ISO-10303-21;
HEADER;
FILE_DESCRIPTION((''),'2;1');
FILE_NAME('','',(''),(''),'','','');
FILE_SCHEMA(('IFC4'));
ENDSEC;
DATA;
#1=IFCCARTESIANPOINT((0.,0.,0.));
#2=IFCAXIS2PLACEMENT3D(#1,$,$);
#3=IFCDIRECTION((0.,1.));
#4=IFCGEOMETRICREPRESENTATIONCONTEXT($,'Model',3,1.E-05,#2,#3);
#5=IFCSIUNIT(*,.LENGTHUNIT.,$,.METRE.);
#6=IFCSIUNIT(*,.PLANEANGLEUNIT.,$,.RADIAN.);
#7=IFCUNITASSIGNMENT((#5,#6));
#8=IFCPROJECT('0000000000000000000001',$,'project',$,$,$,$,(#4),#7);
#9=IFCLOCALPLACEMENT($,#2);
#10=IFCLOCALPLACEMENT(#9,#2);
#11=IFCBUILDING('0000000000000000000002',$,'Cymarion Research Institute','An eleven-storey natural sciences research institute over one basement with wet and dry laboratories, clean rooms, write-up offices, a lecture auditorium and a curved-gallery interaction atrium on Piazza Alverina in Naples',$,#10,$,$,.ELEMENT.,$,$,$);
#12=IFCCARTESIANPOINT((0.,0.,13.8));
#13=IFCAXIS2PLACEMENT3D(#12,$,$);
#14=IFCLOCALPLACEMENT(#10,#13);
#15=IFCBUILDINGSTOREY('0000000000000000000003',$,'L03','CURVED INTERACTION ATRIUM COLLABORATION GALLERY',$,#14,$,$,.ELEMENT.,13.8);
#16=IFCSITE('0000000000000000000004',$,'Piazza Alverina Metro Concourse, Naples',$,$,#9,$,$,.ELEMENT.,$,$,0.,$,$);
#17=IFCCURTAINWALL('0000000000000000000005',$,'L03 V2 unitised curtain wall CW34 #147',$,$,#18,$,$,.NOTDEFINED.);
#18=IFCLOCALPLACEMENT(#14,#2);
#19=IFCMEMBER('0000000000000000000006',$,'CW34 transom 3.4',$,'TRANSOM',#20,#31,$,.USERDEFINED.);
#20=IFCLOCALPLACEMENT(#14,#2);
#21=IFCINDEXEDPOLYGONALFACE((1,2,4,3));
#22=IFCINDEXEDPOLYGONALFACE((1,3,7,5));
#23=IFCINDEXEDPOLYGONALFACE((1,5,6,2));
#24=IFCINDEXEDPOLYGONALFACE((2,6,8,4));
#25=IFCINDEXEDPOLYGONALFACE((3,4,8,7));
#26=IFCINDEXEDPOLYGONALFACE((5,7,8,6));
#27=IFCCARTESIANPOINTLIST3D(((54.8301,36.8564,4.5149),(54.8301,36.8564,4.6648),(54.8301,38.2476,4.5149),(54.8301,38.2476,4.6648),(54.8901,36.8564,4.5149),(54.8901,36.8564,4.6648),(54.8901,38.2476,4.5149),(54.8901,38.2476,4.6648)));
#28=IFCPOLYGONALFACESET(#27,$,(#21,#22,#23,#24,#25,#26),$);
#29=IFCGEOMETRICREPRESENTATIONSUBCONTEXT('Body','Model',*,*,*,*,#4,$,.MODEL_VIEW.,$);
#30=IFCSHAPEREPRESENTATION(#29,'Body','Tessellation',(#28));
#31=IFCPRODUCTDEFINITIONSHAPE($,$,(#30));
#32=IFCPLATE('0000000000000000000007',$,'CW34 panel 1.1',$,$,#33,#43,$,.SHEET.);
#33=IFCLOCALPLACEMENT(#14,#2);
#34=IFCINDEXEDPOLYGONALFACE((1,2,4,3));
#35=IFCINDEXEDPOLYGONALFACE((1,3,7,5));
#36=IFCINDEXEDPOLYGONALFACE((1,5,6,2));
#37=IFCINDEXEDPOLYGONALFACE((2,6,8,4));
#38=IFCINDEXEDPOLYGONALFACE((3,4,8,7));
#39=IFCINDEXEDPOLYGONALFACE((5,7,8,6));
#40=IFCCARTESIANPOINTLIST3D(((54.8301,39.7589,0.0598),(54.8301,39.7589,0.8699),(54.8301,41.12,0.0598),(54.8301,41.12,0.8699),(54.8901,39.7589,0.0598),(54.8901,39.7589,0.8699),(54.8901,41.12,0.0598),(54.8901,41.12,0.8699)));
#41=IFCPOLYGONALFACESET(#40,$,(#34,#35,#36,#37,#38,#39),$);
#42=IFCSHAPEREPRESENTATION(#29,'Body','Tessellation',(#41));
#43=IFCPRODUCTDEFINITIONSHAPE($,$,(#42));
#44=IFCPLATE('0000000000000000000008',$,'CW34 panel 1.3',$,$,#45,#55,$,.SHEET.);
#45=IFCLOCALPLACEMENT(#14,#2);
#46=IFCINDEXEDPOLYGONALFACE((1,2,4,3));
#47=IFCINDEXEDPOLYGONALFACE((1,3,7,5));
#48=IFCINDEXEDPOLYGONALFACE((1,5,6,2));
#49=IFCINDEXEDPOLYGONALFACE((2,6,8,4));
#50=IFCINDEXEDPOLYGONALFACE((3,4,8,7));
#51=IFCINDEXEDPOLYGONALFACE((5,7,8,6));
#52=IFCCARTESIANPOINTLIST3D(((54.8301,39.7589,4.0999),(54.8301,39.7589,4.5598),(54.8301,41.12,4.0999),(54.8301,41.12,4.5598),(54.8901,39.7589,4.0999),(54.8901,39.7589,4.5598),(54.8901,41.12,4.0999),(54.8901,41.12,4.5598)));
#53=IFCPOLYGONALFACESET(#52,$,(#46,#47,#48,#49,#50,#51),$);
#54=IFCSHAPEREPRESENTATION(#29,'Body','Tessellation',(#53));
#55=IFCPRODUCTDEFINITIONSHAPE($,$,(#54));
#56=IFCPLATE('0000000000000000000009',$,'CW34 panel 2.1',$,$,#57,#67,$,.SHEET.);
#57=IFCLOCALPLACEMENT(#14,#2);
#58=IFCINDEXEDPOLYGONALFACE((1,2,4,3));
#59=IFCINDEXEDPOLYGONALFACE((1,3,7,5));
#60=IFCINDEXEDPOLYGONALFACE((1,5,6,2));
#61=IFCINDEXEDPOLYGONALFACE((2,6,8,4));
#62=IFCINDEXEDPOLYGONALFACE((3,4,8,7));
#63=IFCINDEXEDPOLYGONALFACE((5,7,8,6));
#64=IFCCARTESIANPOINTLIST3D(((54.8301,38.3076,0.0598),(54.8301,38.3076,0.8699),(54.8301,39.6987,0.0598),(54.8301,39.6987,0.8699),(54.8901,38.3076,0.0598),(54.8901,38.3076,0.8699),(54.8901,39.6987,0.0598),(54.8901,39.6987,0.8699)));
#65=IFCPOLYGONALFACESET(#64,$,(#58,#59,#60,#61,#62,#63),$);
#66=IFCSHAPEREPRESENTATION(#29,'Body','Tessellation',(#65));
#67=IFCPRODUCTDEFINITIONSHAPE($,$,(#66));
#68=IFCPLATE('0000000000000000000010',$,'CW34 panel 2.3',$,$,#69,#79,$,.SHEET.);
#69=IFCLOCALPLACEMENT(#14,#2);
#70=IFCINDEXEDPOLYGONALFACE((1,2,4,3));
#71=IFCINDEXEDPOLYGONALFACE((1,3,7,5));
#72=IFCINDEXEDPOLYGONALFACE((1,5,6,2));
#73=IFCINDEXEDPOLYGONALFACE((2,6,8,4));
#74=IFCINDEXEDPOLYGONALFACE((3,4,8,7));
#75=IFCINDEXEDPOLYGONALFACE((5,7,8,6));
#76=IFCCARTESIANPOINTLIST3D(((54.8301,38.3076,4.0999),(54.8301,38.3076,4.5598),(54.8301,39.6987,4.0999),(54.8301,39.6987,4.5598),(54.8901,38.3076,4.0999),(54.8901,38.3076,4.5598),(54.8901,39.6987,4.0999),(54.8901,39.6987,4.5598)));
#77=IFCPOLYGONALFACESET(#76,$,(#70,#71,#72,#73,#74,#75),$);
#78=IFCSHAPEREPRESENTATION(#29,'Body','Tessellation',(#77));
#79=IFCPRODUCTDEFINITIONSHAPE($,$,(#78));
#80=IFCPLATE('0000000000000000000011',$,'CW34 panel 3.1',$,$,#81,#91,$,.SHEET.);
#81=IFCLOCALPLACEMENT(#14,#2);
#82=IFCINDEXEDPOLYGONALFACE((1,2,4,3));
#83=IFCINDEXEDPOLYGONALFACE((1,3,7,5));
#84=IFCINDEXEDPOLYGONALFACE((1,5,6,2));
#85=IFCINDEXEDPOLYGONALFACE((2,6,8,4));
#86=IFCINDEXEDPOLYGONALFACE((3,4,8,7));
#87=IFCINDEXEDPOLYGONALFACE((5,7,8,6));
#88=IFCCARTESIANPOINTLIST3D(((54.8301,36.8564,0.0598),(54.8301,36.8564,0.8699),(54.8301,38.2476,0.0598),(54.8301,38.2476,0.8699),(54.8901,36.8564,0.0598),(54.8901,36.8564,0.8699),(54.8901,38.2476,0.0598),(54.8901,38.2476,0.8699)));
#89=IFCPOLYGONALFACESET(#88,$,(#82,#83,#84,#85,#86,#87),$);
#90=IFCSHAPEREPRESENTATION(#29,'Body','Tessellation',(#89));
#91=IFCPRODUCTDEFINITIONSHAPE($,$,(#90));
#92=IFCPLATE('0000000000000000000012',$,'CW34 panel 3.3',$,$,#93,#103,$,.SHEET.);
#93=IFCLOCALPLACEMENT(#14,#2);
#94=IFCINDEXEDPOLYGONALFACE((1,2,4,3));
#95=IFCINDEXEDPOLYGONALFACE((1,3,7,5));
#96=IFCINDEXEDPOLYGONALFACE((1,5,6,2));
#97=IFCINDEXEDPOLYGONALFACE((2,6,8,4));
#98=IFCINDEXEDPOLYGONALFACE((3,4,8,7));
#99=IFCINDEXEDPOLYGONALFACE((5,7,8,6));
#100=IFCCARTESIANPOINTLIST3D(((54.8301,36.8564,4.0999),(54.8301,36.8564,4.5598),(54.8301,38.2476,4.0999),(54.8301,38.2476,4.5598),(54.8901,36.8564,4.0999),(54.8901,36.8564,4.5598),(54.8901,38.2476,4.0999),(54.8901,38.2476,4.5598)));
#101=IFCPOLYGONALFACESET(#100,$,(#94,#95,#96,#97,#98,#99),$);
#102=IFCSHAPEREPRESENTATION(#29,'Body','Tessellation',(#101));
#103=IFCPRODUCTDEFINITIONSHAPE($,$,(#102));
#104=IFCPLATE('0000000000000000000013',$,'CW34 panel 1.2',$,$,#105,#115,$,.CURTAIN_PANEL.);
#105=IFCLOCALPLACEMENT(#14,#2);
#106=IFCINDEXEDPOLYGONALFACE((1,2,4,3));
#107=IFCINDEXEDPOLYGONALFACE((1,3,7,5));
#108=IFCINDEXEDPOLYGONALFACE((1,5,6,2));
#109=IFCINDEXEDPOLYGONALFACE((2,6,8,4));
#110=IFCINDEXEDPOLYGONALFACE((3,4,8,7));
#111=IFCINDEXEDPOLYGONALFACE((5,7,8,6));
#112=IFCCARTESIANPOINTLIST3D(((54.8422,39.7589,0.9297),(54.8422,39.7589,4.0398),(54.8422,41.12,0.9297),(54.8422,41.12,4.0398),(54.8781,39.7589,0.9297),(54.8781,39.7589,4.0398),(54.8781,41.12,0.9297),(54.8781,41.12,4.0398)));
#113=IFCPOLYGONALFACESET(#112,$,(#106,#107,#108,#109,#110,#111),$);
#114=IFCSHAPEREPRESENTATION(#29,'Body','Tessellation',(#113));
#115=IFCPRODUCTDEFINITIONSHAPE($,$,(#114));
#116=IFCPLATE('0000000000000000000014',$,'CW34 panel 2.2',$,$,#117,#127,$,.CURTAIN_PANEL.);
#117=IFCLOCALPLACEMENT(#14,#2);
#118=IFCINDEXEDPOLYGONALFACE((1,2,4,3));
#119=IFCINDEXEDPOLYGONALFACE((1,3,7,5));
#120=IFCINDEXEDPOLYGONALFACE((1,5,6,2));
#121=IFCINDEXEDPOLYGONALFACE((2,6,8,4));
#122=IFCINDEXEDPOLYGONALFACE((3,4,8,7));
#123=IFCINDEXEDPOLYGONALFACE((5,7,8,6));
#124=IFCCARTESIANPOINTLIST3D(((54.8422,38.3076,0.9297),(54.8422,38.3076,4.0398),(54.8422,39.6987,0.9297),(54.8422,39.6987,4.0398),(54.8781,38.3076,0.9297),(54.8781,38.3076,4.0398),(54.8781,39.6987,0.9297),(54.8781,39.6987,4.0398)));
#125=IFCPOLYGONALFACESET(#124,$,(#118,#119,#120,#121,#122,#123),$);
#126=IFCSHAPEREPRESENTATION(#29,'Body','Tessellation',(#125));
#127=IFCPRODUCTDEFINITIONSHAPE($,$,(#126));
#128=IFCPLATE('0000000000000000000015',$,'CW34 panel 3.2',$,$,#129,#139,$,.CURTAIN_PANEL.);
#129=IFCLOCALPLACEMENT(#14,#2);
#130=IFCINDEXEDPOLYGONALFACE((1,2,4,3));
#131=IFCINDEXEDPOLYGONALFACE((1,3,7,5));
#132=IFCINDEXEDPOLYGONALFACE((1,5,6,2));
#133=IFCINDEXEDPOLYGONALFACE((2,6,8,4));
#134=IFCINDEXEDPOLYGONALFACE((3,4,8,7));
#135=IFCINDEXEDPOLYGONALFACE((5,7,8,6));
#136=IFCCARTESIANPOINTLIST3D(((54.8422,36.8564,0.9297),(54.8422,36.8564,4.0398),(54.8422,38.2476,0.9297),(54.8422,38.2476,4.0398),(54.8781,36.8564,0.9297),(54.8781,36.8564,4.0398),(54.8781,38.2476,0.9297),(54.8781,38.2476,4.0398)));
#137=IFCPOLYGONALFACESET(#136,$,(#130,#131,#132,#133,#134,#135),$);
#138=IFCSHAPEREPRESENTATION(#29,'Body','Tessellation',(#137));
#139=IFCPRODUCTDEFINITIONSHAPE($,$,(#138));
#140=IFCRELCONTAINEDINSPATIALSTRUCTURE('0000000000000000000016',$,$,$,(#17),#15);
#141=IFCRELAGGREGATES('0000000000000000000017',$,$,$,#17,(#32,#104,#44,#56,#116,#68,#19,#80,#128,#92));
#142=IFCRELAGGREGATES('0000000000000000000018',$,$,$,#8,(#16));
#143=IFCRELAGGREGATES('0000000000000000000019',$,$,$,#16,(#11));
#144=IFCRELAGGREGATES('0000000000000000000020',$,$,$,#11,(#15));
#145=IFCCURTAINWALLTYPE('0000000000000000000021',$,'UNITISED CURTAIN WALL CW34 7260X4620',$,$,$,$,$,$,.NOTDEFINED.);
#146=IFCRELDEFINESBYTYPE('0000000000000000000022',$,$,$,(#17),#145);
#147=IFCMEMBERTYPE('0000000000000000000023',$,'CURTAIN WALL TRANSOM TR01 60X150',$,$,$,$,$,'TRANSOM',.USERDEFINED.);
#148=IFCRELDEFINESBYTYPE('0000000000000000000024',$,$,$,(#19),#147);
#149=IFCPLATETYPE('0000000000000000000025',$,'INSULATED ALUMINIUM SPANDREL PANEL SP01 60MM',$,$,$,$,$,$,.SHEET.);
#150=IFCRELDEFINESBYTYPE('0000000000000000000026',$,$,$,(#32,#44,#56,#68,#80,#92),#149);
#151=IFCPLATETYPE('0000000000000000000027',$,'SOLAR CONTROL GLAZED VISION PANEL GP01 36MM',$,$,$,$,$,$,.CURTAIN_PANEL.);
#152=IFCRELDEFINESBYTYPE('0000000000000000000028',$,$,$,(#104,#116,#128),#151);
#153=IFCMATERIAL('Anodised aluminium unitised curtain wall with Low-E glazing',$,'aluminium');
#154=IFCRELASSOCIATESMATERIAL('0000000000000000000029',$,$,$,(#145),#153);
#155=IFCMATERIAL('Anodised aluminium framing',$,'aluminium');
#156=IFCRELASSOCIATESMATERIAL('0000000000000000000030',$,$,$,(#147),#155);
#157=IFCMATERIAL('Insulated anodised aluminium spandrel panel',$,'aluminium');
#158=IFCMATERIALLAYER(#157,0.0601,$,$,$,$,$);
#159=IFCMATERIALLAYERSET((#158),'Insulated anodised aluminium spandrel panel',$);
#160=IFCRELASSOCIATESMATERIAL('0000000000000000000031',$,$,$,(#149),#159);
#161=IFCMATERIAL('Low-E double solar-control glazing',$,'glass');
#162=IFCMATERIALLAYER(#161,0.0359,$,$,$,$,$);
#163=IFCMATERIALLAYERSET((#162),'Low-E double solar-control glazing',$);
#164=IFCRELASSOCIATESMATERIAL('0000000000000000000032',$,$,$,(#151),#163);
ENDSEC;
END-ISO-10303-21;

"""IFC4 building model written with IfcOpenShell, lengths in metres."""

from ifc_helpers import new_model, si_unit, direction, frame, origin, origin_2d, place, context, subcontext, project, spatial, rectangle, extrude, material, layer, layer_set, material_profile, profile_set, type_object, element, aggregate, save


model = new_model("IFC4")

# Units and contexts
model_context = context("Model", 3, precision=1e-05, world=origin(), true_north=direction((0.0, 1.0)))
body_context = subcontext(model_context, "Body", "Model", "MODEL_VIEW")
ifc_project = project(units=[si_unit("LENGTHUNIT", "METRE"), si_unit("PLANEANGLEUNIT", "RADIAN")], contexts=[model_context])

# Site, building, storey
site_placement = place(None, origin())
site = spatial("IfcSite", under=ifc_project, at=site_placement, Name="Piazza Alverina Metro Concourse, Naples", CompositionType="ELEMENT", RefElevation=0.0)
building_placement = place(site_placement, origin())
building = spatial("IfcBuilding", under=site, at=building_placement, Name="Cymarion Research Institute", Description="An eleven-storey natural sciences research institute over one basement with wet and dry laboratories, clean rooms, write-up offices, a lecture auditorium and a curved-gallery interaction atrium on Piazza Alverina in Naples", CompositionType="ELEMENT")
storey_placement = place(building_placement, frame((0.0, 0.0, 13.8)))
storey = spatial("IfcBuildingStorey", under=building, at=storey_placement, Name="L03", Description="CURVED INTERACTION ATRIUM COLLABORATION GALLERY", CompositionType="ELEMENT", Elevation=13.8)

# Curtain wall, member, plates
ifc_material_1 = material(Name="Anodised aluminium unitised curtain wall with Low-E glazing", Category="aluminium")
curtain_wall_type = type_object("IfcCurtainWallType", Name="UNITISED CURTAIN WALL CW34 7260X4620", PredefinedType="NOTDEFINED", material=ifc_material_1)
curtain_wall_placement = place(storey_placement, origin())
curtain_wall = element("IfcCurtainWall", 1, at=curtain_wall_placement, inside=storey, type_object=curtain_wall_type, Name="L03 V2 unitised curtain wall CW34 #147", PredefinedType="NOTDEFINED")
ifc_material_2 = material(Name="Anodised aluminium framing", Category="aluminium")
ifc_material_profile_1 = material_profile(ifc_material_2, rectangle(XDim=0.0601, YDim=0.1499, at=origin_2d()), Name="ALU TRANSOM 60x150")
ifc_profile_set_1 = profile_set([ifc_material_profile_1], Name="Anodised aluminium framing")
member_type_1 = type_object("IfcMemberType", Name="CURTAIN WALL TRANSOM TR01 60X150", ElementType="TRANSOM", PredefinedType="USERDEFINED", material=ifc_profile_set_1)
member_1_placement = place(storey_placement, frame((54.8601, 38.2476, 4.5898), z_axis=(0.0, -1.0, 0.0), x_axis=(1.0, 0.0, 0.0)))
member_1 = element("IfcMember", 2, at=member_1_placement, type_object=member_type_1, Name="CW34 transom 3.4", ObjectType="TRANSOM", PredefinedType="USERDEFINED", context=body_context, shape_type="SweptSolid", body=[
    extrude(rectangle(XDim=0.0601, YDim=0.1499, at=origin_2d()), origin(), (0.0, 0.0, 1.0), 1.3911),
])
ifc_material_3 = material(Name="Insulated anodised aluminium spandrel panel", Category="aluminium")
ifc_layer_1 = layer(ifc_material_3, 0.0601)
ifc_layer_set_1 = layer_set([ifc_layer_1], Name="Insulated anodised aluminium spandrel panel")
plate_type_1 = type_object("IfcPlateType", Name="INSULATED ALUMINIUM SPANDREL PANEL SP01 60MM", PredefinedType="SHEET", material=ifc_layer_set_1)
plate_1_placement = place(storey_placement, frame((54.8601, 40.4395, 0.0598), z_axis=(0.0, 0.0, 1.0), x_axis=(0.0, -1.0, 0.0)))
plate_1 = element("IfcPlate", 3, at=plate_1_placement, type_object=plate_type_1, Name="CW34 panel 1.1", PredefinedType="SHEET", context=body_context, shape_type="SweptSolid", body=[
    extrude(rectangle(XDim=1.3611, YDim=0.0601, at=origin_2d()), origin(), (0.0, 0.0, 1.0), 0.8101),
])
plate_2_placement = place(storey_placement, frame((54.8601, 40.4395, 4.0999), z_axis=(0.0, 0.0, 1.0), x_axis=(0.0, -1.0, 0.0)))
plate_2 = element("IfcPlate", 4, at=plate_2_placement, type_object=plate_type_1, Name="CW34 panel 1.3", PredefinedType="SHEET", context=body_context, shape_type="SweptSolid", body=[
    extrude(rectangle(XDim=1.3611, YDim=0.0601, at=origin_2d()), origin(), (0.0, 0.0, 1.0), 0.46),
])
plate_3_placement = place(storey_placement, frame((54.8601, 39.0032, 0.0598), z_axis=(0.0, 0.0, 1.0), x_axis=(0.0, -1.0, 0.0)))
plate_3 = element("IfcPlate", 5, at=plate_3_placement, type_object=plate_type_1, Name="CW34 panel 2.1", PredefinedType="SHEET", context=body_context, shape_type="SweptSolid", body=[
    extrude(rectangle(XDim=1.3911, YDim=0.0601, at=origin_2d()), origin(), (0.0, 0.0, 1.0), 0.8101),
])
plate_4_placement = place(storey_placement, frame((54.8601, 39.0032, 4.0999), z_axis=(0.0, 0.0, 1.0), x_axis=(0.0, -1.0, 0.0)))
plate_4 = element("IfcPlate", 6, at=plate_4_placement, type_object=plate_type_1, Name="CW34 panel 2.3", PredefinedType="SHEET", context=body_context, shape_type="SweptSolid", body=[
    extrude(rectangle(XDim=1.3911, YDim=0.0601, at=origin_2d()), origin(), (0.0, 0.0, 1.0), 0.46),
])
plate_5_placement = place(storey_placement, frame((54.8601, 37.552, 0.0598), z_axis=(0.0, 0.0, 1.0), x_axis=(0.0, -1.0, 0.0)))
plate_5 = element("IfcPlate", 7, at=plate_5_placement, type_object=plate_type_1, Name="CW34 panel 3.1", PredefinedType="SHEET", context=body_context, shape_type="SweptSolid", body=[
    extrude(rectangle(XDim=1.3911, YDim=0.0601, at=origin_2d()), origin(), (0.0, 0.0, 1.0), 0.8101),
])
plate_6_placement = place(storey_placement, frame((54.8601, 37.552, 4.0999), z_axis=(0.0, 0.0, 1.0), x_axis=(0.0, -1.0, 0.0)))
plate_6 = element("IfcPlate", 8, at=plate_6_placement, type_object=plate_type_1, Name="CW34 panel 3.3", PredefinedType="SHEET", context=body_context, shape_type="SweptSolid", body=[
    extrude(rectangle(XDim=1.3911, YDim=0.0601, at=origin_2d()), origin(), (0.0, 0.0, 1.0), 0.46),
])
ifc_material_4 = material(Name="Low-E double solar-control glazing", Category="glass")
ifc_layer_2 = layer(ifc_material_4, 0.0359)
ifc_layer_set_2 = layer_set([ifc_layer_2], Name="Low-E double solar-control glazing")
plate_type_2 = type_object("IfcPlateType", Name="SOLAR CONTROL GLAZED VISION PANEL GP01 36MM", PredefinedType="CURTAIN_PANEL", material=ifc_layer_set_2)
plate_7_placement = place(storey_placement, frame((54.8601, 40.4395, 0.9297), z_axis=(0.0, 0.0, 1.0), x_axis=(0.0, -1.0, 0.0)))
plate_7 = element("IfcPlate", 9, at=plate_7_placement, type_object=plate_type_2, Name="CW34 panel 1.2", PredefinedType="CURTAIN_PANEL", context=body_context, shape_type="SweptSolid", body=[
    extrude(rectangle(XDim=1.3611, YDim=0.0359, at=origin_2d()), origin(), (0.0, 0.0, 1.0), 3.1101),
])
plate_8_placement = place(storey_placement, frame((54.8601, 39.0032, 0.9297), z_axis=(0.0, 0.0, 1.0), x_axis=(0.0, -1.0, 0.0)))
plate_8 = element("IfcPlate", 10, at=plate_8_placement, type_object=plate_type_2, Name="CW34 panel 2.2", PredefinedType="CURTAIN_PANEL", context=body_context, shape_type="SweptSolid", body=[
    extrude(rectangle(XDim=1.3911, YDim=0.0359, at=origin_2d()), origin(), (0.0, 0.0, 1.0), 3.1101),
])
plate_9_placement = place(storey_placement, frame((54.8601, 37.552, 0.9297), z_axis=(0.0, 0.0, 1.0), x_axis=(0.0, -1.0, 0.0)))
plate_9 = element("IfcPlate", 11, at=plate_9_placement, type_object=plate_type_2, Name="CW34 panel 3.2", PredefinedType="CURTAIN_PANEL", context=body_context, shape_type="SweptSolid", body=[
    extrude(rectangle(XDim=1.3911, YDim=0.0359, at=origin_2d()), origin(), (0.0, 0.0, 1.0), 3.1101),
])
aggregate(curtain_wall, [plate_1, plate_7, plate_2, plate_3, plate_8, plate_4, member_1, plate_5, plate_9, plate_6])

save(model, "model.ifc")
